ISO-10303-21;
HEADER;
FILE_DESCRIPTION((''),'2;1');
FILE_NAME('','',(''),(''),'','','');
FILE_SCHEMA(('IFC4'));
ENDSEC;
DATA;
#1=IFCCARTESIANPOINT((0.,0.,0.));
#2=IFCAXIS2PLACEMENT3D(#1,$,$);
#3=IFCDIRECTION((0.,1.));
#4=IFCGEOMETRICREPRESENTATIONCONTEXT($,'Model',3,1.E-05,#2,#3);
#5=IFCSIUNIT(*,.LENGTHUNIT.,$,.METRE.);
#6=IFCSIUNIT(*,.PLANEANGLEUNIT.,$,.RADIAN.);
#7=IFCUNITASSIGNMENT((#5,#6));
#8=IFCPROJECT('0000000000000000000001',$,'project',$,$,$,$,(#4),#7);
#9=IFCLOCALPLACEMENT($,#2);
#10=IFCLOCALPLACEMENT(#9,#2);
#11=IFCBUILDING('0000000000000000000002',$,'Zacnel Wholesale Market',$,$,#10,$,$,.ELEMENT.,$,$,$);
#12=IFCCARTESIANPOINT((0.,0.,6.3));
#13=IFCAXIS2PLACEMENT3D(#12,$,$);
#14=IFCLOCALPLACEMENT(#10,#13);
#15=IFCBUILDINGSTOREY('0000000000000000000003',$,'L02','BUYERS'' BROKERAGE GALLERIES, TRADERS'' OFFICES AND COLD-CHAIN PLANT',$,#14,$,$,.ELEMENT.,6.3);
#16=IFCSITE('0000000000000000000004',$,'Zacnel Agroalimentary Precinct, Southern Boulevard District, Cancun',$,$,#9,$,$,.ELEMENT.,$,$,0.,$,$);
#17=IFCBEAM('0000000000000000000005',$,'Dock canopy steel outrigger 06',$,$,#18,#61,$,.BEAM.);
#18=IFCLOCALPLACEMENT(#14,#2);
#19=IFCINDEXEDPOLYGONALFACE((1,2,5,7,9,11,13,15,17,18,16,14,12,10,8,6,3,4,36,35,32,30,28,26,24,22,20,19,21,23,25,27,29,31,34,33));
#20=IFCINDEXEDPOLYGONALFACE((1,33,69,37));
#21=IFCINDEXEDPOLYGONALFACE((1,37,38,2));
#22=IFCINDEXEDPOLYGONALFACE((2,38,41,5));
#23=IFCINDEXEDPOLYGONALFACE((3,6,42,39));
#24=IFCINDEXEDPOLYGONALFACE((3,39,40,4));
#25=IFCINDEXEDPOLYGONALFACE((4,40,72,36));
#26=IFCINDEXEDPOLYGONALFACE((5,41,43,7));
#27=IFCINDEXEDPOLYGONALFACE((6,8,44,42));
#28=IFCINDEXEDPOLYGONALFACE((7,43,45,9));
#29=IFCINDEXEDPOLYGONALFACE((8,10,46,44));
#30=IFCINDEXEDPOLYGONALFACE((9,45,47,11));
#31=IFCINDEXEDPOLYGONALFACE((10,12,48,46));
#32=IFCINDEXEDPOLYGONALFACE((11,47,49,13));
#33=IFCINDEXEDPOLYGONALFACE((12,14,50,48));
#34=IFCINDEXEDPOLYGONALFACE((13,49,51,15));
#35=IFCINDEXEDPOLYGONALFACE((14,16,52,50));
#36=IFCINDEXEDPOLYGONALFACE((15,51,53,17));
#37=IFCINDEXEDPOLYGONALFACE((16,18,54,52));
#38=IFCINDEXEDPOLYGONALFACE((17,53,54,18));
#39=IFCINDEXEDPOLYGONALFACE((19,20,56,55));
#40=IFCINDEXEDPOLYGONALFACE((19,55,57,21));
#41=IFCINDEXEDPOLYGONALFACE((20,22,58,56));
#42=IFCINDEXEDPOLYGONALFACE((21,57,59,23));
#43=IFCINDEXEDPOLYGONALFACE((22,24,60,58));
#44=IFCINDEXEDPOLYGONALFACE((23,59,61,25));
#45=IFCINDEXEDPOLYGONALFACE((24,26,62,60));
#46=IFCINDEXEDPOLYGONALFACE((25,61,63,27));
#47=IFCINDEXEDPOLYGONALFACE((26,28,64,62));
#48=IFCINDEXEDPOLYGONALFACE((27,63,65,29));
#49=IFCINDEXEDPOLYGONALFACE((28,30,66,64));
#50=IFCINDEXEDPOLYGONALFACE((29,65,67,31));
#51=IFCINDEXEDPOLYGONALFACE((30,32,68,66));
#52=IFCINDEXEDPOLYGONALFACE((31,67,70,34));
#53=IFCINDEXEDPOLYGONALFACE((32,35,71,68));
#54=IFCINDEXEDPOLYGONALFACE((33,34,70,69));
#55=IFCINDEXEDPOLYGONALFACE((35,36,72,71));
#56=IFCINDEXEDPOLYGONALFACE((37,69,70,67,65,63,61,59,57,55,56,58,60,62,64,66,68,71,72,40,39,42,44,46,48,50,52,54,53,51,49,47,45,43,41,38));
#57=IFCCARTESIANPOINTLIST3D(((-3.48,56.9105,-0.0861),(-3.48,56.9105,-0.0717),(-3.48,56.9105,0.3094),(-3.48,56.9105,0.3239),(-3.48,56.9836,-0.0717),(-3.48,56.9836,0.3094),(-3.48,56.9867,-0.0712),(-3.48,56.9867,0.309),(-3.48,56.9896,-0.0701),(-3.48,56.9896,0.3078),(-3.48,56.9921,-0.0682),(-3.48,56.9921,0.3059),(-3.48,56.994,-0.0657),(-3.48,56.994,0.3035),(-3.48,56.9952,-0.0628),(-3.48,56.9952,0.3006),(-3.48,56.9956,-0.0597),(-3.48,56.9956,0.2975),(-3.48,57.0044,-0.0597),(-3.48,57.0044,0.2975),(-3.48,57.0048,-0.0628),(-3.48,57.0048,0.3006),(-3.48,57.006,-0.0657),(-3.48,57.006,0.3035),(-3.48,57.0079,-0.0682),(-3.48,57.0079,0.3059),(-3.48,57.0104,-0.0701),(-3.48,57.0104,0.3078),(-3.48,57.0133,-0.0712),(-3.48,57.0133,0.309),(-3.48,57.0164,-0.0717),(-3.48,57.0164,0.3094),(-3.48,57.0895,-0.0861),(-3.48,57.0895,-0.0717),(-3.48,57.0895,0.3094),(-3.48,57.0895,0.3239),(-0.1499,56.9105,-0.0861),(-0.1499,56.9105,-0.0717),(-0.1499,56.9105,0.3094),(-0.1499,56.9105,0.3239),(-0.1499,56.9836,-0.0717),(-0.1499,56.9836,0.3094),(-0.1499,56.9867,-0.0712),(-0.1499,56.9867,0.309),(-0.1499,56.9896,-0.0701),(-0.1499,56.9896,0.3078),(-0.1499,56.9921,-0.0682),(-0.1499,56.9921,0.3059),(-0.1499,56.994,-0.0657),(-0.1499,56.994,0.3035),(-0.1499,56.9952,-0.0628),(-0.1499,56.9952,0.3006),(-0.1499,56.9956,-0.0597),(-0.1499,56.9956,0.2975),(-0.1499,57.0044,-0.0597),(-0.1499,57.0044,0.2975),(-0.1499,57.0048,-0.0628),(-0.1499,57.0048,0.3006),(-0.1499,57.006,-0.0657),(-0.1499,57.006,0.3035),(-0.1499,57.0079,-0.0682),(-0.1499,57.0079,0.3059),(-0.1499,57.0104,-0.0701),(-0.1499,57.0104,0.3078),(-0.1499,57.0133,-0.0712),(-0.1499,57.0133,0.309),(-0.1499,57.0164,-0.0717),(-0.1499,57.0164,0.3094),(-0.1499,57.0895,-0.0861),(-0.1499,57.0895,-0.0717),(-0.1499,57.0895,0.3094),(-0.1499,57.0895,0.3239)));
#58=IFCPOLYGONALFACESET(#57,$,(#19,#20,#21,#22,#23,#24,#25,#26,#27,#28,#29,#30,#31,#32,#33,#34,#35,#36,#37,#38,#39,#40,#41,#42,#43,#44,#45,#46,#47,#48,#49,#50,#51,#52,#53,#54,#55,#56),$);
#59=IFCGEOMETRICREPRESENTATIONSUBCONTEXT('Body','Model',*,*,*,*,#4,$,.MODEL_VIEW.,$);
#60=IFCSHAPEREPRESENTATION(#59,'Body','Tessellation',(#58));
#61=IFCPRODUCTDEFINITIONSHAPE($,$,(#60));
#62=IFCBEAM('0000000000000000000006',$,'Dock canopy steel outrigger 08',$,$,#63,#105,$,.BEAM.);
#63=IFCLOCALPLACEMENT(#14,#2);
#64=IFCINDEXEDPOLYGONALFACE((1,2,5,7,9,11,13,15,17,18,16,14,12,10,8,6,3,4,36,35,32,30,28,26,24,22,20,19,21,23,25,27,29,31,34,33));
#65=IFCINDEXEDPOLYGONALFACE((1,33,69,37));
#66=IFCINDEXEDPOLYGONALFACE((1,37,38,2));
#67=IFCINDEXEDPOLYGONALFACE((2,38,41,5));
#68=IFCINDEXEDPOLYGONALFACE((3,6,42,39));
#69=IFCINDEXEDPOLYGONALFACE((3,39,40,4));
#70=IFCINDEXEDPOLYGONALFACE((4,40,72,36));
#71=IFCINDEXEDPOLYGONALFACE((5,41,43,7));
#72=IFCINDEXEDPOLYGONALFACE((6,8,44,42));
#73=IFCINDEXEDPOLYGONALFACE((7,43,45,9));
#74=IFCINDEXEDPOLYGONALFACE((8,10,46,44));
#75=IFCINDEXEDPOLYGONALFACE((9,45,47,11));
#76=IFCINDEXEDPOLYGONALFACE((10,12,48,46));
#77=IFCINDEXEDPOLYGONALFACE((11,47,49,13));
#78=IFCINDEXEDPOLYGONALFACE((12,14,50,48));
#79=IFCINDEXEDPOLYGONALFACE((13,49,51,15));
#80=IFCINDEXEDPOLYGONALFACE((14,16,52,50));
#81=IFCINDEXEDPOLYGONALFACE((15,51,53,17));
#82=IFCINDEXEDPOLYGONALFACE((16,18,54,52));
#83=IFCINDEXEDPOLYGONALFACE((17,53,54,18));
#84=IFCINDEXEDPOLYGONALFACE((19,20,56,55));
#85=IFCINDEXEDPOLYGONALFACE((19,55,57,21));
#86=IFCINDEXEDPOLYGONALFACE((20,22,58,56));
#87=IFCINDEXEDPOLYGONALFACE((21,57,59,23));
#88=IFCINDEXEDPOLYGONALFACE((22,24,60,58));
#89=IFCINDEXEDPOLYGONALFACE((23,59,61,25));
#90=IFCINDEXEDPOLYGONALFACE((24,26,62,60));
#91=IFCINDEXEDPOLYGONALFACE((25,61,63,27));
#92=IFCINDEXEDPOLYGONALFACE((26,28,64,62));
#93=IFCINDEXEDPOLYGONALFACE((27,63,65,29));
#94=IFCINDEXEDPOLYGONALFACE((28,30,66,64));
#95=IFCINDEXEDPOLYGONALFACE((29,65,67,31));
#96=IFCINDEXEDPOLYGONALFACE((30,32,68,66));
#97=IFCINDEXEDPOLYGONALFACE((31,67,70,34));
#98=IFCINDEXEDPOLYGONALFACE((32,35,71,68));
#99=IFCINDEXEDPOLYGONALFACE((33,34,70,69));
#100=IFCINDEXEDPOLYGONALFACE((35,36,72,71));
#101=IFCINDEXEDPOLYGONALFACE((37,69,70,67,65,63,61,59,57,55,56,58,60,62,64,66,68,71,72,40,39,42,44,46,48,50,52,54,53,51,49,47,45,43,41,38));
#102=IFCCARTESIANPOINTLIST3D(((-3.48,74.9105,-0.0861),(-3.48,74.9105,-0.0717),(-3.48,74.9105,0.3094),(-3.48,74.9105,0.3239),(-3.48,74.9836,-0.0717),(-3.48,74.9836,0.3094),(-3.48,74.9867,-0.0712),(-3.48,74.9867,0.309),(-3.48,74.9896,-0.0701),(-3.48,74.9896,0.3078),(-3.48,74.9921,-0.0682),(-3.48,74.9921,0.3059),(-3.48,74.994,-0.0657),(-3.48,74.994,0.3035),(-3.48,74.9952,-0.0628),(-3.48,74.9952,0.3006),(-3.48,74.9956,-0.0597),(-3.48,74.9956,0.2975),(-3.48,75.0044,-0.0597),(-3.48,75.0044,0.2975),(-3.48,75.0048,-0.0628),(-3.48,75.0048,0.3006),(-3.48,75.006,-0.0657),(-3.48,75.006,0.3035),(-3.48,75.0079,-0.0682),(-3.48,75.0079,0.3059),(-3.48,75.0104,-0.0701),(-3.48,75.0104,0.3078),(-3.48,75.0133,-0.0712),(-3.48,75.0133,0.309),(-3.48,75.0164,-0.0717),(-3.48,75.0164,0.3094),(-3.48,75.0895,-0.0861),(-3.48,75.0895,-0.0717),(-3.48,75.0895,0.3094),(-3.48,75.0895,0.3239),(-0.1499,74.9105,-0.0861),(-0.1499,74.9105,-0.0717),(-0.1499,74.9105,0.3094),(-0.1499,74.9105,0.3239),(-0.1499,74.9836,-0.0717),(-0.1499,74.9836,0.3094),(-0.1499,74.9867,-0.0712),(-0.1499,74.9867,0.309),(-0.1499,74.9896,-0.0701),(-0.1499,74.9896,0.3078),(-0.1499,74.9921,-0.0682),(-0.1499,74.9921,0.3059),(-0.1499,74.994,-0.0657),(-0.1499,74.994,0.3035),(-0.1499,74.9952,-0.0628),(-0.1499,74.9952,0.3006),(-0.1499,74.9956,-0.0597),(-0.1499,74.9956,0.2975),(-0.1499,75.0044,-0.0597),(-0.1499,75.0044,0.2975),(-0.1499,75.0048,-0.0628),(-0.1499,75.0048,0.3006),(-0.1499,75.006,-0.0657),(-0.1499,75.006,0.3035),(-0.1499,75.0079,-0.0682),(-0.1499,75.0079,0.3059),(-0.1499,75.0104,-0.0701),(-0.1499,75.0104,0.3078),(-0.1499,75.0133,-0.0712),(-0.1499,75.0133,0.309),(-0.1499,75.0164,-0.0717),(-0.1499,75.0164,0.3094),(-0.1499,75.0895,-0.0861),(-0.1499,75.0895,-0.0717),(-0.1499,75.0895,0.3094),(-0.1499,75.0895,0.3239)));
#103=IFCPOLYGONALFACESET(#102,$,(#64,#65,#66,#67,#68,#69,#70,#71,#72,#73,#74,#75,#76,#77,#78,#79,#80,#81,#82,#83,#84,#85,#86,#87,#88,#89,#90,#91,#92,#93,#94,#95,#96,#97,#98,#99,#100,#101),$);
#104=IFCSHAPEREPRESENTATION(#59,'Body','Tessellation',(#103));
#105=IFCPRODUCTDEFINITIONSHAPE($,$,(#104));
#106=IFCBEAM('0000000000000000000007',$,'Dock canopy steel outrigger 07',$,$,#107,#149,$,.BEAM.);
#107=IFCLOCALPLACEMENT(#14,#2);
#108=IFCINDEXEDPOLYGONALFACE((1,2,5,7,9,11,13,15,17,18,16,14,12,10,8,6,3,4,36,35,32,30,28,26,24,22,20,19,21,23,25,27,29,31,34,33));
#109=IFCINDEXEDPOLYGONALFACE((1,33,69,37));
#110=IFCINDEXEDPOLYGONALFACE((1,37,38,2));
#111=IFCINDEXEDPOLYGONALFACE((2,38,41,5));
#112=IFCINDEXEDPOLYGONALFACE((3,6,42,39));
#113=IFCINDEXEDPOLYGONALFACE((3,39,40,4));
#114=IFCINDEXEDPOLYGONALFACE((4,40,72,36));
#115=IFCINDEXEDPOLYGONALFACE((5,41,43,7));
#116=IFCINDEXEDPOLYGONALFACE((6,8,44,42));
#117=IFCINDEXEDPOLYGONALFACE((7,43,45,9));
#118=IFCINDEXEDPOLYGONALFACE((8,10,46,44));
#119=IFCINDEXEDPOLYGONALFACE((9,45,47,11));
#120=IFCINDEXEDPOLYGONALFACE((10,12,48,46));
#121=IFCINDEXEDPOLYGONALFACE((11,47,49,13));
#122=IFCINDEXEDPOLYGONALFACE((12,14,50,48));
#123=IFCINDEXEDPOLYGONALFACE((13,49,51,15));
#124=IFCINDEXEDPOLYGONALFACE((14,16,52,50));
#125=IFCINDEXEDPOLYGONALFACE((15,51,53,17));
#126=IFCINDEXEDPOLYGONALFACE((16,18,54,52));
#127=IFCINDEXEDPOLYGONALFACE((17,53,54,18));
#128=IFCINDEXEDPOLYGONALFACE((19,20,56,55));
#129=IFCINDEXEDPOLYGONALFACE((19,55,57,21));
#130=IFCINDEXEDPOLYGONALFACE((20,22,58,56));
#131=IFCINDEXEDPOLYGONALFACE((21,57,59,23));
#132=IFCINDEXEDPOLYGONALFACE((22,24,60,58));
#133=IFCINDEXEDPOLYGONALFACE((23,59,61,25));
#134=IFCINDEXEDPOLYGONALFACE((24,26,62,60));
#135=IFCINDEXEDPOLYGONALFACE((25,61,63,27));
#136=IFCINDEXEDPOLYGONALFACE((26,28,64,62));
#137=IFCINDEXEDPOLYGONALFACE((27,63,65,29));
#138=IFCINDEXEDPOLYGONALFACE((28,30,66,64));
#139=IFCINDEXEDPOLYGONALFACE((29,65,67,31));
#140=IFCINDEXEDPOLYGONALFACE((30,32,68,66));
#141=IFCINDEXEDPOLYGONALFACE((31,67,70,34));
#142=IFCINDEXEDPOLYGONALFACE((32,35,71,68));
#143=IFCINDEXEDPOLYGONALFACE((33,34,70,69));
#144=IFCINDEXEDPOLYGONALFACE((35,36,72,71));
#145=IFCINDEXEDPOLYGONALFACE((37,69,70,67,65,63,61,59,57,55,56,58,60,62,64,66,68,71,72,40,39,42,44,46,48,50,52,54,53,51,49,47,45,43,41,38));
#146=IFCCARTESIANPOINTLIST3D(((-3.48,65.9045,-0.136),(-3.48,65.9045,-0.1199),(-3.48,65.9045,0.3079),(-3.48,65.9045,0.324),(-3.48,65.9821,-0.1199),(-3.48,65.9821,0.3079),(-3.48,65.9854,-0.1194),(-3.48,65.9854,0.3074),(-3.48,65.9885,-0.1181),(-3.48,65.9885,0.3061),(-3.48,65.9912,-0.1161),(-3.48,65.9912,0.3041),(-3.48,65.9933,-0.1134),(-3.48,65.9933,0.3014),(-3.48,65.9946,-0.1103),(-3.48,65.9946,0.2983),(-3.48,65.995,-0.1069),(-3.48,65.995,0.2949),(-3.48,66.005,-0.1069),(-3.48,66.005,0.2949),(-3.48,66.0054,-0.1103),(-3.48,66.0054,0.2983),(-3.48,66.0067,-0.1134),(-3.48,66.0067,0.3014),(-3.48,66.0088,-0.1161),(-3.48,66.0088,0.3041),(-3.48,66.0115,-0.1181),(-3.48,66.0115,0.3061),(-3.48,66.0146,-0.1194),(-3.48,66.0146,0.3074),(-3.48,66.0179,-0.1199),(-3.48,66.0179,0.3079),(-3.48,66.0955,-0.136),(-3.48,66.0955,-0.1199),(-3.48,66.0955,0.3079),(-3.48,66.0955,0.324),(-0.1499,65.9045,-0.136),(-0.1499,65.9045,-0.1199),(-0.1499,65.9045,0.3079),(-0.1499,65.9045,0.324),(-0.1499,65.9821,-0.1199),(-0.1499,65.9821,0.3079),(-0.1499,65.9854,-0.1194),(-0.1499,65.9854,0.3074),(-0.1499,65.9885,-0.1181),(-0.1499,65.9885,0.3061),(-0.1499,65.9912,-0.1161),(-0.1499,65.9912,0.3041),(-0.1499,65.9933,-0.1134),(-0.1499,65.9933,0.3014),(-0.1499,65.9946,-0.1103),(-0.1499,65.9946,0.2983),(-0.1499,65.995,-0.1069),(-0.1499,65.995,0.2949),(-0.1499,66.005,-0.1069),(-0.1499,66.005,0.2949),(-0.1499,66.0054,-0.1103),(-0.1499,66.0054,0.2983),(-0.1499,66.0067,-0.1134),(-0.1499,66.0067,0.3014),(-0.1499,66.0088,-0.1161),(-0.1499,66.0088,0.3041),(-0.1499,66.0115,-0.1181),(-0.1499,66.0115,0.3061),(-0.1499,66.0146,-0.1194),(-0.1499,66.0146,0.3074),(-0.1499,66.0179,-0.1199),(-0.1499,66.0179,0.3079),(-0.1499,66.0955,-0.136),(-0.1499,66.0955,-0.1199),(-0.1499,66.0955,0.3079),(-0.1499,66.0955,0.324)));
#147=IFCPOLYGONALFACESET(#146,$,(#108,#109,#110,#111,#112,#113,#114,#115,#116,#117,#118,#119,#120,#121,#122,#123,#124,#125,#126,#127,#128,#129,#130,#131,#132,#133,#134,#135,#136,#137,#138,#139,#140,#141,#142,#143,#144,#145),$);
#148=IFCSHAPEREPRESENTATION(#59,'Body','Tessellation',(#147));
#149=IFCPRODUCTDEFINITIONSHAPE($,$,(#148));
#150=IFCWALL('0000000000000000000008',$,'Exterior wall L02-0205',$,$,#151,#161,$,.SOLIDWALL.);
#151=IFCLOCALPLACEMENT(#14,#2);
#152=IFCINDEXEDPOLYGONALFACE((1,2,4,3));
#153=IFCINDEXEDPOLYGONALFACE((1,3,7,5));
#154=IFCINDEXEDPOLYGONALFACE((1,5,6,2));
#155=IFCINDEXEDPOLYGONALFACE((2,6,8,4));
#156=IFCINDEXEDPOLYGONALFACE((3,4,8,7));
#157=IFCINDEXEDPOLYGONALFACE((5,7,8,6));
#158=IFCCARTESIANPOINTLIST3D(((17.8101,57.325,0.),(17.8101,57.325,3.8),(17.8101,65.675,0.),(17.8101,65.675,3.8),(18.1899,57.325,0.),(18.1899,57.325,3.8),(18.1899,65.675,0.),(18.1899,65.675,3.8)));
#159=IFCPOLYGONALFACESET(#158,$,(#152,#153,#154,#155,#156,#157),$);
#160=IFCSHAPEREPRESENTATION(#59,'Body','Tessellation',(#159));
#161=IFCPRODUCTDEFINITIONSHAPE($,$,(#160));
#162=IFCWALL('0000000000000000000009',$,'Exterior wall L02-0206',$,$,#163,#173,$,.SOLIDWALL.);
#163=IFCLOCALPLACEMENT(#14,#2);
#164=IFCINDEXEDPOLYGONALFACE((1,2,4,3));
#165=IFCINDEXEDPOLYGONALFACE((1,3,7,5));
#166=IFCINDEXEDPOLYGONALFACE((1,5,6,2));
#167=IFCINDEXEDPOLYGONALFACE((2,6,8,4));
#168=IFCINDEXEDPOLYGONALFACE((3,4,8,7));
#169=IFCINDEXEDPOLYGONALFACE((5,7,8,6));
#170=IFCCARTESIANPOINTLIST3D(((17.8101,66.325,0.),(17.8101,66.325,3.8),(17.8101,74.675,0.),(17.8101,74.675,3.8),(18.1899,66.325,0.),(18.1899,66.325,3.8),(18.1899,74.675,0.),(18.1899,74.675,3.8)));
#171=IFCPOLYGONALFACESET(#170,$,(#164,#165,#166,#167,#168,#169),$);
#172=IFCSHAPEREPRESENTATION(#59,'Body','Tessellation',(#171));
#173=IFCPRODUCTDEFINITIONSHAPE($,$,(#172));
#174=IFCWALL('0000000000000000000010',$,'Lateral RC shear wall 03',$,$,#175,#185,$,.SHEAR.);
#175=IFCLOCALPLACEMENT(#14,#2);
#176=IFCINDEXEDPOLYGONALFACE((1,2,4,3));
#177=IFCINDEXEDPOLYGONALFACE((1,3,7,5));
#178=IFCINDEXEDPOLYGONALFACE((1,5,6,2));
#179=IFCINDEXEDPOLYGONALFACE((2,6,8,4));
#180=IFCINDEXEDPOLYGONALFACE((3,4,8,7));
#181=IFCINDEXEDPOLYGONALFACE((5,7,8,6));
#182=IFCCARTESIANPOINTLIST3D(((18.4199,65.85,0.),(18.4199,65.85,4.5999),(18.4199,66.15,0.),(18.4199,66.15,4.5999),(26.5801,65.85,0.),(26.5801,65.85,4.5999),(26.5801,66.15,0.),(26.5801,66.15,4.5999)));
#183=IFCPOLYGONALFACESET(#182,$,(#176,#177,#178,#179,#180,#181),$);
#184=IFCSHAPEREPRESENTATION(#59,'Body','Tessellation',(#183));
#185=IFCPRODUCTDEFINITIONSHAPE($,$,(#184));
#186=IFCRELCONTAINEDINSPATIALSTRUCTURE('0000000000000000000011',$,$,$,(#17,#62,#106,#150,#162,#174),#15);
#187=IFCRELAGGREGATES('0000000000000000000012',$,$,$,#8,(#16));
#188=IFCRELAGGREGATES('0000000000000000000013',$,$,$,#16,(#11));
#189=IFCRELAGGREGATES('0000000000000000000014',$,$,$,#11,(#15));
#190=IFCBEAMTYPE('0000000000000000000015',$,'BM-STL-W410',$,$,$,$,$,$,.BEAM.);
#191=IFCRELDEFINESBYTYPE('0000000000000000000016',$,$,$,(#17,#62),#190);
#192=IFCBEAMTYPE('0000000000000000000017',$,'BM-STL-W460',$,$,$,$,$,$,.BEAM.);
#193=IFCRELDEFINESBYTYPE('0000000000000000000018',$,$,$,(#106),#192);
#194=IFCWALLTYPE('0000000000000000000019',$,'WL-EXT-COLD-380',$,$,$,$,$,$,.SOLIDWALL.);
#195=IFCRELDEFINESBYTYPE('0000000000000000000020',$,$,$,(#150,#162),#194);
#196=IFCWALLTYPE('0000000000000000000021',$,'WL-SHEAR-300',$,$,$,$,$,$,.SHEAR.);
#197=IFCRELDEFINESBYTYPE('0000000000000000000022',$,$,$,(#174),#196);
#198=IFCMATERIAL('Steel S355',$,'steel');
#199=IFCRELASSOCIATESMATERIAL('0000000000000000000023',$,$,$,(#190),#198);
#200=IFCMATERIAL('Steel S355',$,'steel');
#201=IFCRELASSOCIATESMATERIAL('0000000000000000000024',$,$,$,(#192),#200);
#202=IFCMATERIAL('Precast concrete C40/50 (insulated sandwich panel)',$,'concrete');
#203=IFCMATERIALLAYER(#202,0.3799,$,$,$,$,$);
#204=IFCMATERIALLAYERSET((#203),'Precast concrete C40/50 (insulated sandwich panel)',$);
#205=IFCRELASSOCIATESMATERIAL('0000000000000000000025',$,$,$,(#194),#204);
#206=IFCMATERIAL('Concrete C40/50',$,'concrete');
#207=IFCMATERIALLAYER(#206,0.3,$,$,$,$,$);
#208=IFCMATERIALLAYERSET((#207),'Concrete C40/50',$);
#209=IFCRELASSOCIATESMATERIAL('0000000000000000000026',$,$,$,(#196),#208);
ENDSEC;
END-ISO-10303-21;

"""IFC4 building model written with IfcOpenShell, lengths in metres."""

from ifc_helpers import new_model, si_unit, direction, frame, frame_2d, origin, origin_2d, place, context, subcontext, project, spatial, rectangle, i_section, extrude, material, layer, layer_set, material_profile, profile_set, type_object, element, save


model = new_model("IFC4")

# Units and contexts
model_context = context("Model", 3, precision=1e-05, world=origin(), true_north=direction((0.0, 1.0)))
body_context = subcontext(model_context, "Body", "Model", "MODEL_VIEW")
ifc_project = project(units=[si_unit("LENGTHUNIT", "METRE"), si_unit("PLANEANGLEUNIT", "RADIAN")], contexts=[model_context])

# Site, building, storey
site_placement = place(None, origin())
site = spatial("IfcSite", under=ifc_project, at=site_placement, Name="Zacnel Agroalimentary Precinct, Southern Boulevard District, Cancun", CompositionType="ELEMENT", RefElevation=0.0)
building_placement = place(site_placement, origin())
building = spatial("IfcBuilding", under=site, at=building_placement, Name="Zacnel Wholesale Market", CompositionType="ELEMENT")
storey_placement = place(building_placement, frame((0.0, 0.0, 6.3)))
storey = spatial("IfcBuildingStorey", under=building, at=storey_placement, Name="L02", Description="BUYERS' BROKERAGE GALLERIES, TRADERS' OFFICES AND COLD-CHAIN PLANT", CompositionType="ELEMENT", Elevation=6.3)

# Beams
ifc_material_1 = material(Name="Steel S355", Category="steel")
ifc_material_profile_1 = material_profile(ifc_material_1, i_section(OverallWidth=0.179, OverallDepth=0.4099, WebThickness=0.0088, FlangeThickness=0.0144, FilletRadius=0.012, at=origin_2d()), Name="W410X67")
ifc_profile_set_1 = profile_set([ifc_material_profile_1], Name="Steel S355")
beam_type_1 = type_object("IfcBeamType", Name="BM-STL-W410", PredefinedType="BEAM", material=ifc_profile_set_1)
for number, where, z_axis, x_axis, name in (
    (1, (-0.1499, 57.0, 0.1189), (-1.0, 0.0, 0.0), (0.0, -1.0, 0.0), "Dock canopy steel outrigger 06"),
    (2, (-0.1499, 75.0, 0.1189), (-1.0, 0.0, 0.0), (0.0, -1.0, 0.0), "Dock canopy steel outrigger 08"),
):
    element("IfcBeam", number, at=place(storey_placement, frame(where, z_axis=z_axis, x_axis=x_axis)), inside=storey, type_object=beam_type_1, Name=name, PredefinedType="BEAM", context=body_context, shape_type="SweptSolid", body=[
        extrude(i_section(OverallWidth=0.179, OverallDepth=0.4099, WebThickness=0.0088, FlangeThickness=0.0144, FilletRadius=0.012, at=origin_2d()), origin(), (0.0, 0.0, 1.0), 3.3301),
    ])
ifc_material_2 = material(Name="Steel S355", Category="steel")
ifc_material_profile_2 = material_profile(ifc_material_2, i_section(OverallWidth=0.1909, OverallDepth=0.46, WebThickness=0.01, FlangeThickness=0.0161, FilletRadius=0.0129, at=origin_2d()), Name="W460X82")
ifc_profile_set_2 = profile_set([ifc_material_profile_2], Name="Steel S355")
beam_type_2 = type_object("IfcBeamType", Name="BM-STL-W460", PredefinedType="BEAM", material=ifc_profile_set_2)
beam_1_placement = place(storey_placement, frame((-0.1499, 66.0, 0.094), z_axis=(-1.0, 0.0, 0.0), x_axis=(0.0, -1.0, 0.0)))
element("IfcBeam", 3, at=beam_1_placement, inside=storey, type_object=beam_type_2, Name="Dock canopy steel outrigger 07", PredefinedType="BEAM", context=body_context, shape_type="SweptSolid", body=[
    extrude(i_section(OverallWidth=0.1909, OverallDepth=0.46, WebThickness=0.01, FlangeThickness=0.0161, FilletRadius=0.0129, at=origin_2d()), origin(), (0.0, 0.0, 1.0), 3.3301),
])

# Walls
ifc_material_3 = material(Name="Precast concrete C40/50 (insulated sandwich panel)", Category="concrete")
ifc_layer_1 = layer(ifc_material_3, 0.3799)
ifc_layer_set_1 = layer_set([ifc_layer_1], Name="Precast concrete C40/50 (insulated sandwich panel)")
wall_type_1 = type_object("IfcWallType", Name="WL-EXT-COLD-380", PredefinedType="SOLIDWALL", material=ifc_layer_set_1)
for number, where, z_axis, x_axis, name in (
    (4, (18.0, 57.325, 0.0), (0.0, 0.0, 1.0), (0.0, 1.0, 0.0), "Exterior wall L02-0205"),
    (5, (18.0, 66.325, 0.0), (0.0, 0.0, 1.0), (0.0, 1.0, 0.0), "Exterior wall L02-0206"),
):
    element("IfcWall", number, at=place(storey_placement, frame(where, z_axis=z_axis, x_axis=x_axis)), inside=storey, type_object=wall_type_1, Name=name, PredefinedType="SOLIDWALL", context=body_context, shape_type="SweptSolid", body=[
        extrude(rectangle(XDim=8.3501, YDim=0.3799, at=frame_2d((4.175, 0.0))), origin(), (0.0, 0.0, 1.0), 3.8),
    ])
ifc_material_4 = material(Name="Concrete C40/50", Category="concrete")
ifc_layer_2 = layer(ifc_material_4, 0.3)
ifc_layer_set_2 = layer_set([ifc_layer_2], Name="Concrete C40/50")
wall_type_2 = type_object("IfcWallType", Name="WL-SHEAR-300", PredefinedType="SHEAR", material=ifc_layer_set_2)
wall_placement = place(storey_placement, frame((18.4199, 66.0, 0.0), z_axis=(0.0, 0.0, 1.0), x_axis=(1.0, 0.0, 0.0)))
element("IfcWall", 6, at=wall_placement, inside=storey, type_object=wall_type_2, Name="Lateral RC shear wall 03", PredefinedType="SHEAR", context=body_context, shape_type="SweptSolid", body=[
    extrude(rectangle(XDim=8.1602, YDim=0.3, at=frame_2d((4.0801, 0.0))), origin(), (0.0, 0.0, 1.0), 4.5999),
])

save(model, "model.ifc")
